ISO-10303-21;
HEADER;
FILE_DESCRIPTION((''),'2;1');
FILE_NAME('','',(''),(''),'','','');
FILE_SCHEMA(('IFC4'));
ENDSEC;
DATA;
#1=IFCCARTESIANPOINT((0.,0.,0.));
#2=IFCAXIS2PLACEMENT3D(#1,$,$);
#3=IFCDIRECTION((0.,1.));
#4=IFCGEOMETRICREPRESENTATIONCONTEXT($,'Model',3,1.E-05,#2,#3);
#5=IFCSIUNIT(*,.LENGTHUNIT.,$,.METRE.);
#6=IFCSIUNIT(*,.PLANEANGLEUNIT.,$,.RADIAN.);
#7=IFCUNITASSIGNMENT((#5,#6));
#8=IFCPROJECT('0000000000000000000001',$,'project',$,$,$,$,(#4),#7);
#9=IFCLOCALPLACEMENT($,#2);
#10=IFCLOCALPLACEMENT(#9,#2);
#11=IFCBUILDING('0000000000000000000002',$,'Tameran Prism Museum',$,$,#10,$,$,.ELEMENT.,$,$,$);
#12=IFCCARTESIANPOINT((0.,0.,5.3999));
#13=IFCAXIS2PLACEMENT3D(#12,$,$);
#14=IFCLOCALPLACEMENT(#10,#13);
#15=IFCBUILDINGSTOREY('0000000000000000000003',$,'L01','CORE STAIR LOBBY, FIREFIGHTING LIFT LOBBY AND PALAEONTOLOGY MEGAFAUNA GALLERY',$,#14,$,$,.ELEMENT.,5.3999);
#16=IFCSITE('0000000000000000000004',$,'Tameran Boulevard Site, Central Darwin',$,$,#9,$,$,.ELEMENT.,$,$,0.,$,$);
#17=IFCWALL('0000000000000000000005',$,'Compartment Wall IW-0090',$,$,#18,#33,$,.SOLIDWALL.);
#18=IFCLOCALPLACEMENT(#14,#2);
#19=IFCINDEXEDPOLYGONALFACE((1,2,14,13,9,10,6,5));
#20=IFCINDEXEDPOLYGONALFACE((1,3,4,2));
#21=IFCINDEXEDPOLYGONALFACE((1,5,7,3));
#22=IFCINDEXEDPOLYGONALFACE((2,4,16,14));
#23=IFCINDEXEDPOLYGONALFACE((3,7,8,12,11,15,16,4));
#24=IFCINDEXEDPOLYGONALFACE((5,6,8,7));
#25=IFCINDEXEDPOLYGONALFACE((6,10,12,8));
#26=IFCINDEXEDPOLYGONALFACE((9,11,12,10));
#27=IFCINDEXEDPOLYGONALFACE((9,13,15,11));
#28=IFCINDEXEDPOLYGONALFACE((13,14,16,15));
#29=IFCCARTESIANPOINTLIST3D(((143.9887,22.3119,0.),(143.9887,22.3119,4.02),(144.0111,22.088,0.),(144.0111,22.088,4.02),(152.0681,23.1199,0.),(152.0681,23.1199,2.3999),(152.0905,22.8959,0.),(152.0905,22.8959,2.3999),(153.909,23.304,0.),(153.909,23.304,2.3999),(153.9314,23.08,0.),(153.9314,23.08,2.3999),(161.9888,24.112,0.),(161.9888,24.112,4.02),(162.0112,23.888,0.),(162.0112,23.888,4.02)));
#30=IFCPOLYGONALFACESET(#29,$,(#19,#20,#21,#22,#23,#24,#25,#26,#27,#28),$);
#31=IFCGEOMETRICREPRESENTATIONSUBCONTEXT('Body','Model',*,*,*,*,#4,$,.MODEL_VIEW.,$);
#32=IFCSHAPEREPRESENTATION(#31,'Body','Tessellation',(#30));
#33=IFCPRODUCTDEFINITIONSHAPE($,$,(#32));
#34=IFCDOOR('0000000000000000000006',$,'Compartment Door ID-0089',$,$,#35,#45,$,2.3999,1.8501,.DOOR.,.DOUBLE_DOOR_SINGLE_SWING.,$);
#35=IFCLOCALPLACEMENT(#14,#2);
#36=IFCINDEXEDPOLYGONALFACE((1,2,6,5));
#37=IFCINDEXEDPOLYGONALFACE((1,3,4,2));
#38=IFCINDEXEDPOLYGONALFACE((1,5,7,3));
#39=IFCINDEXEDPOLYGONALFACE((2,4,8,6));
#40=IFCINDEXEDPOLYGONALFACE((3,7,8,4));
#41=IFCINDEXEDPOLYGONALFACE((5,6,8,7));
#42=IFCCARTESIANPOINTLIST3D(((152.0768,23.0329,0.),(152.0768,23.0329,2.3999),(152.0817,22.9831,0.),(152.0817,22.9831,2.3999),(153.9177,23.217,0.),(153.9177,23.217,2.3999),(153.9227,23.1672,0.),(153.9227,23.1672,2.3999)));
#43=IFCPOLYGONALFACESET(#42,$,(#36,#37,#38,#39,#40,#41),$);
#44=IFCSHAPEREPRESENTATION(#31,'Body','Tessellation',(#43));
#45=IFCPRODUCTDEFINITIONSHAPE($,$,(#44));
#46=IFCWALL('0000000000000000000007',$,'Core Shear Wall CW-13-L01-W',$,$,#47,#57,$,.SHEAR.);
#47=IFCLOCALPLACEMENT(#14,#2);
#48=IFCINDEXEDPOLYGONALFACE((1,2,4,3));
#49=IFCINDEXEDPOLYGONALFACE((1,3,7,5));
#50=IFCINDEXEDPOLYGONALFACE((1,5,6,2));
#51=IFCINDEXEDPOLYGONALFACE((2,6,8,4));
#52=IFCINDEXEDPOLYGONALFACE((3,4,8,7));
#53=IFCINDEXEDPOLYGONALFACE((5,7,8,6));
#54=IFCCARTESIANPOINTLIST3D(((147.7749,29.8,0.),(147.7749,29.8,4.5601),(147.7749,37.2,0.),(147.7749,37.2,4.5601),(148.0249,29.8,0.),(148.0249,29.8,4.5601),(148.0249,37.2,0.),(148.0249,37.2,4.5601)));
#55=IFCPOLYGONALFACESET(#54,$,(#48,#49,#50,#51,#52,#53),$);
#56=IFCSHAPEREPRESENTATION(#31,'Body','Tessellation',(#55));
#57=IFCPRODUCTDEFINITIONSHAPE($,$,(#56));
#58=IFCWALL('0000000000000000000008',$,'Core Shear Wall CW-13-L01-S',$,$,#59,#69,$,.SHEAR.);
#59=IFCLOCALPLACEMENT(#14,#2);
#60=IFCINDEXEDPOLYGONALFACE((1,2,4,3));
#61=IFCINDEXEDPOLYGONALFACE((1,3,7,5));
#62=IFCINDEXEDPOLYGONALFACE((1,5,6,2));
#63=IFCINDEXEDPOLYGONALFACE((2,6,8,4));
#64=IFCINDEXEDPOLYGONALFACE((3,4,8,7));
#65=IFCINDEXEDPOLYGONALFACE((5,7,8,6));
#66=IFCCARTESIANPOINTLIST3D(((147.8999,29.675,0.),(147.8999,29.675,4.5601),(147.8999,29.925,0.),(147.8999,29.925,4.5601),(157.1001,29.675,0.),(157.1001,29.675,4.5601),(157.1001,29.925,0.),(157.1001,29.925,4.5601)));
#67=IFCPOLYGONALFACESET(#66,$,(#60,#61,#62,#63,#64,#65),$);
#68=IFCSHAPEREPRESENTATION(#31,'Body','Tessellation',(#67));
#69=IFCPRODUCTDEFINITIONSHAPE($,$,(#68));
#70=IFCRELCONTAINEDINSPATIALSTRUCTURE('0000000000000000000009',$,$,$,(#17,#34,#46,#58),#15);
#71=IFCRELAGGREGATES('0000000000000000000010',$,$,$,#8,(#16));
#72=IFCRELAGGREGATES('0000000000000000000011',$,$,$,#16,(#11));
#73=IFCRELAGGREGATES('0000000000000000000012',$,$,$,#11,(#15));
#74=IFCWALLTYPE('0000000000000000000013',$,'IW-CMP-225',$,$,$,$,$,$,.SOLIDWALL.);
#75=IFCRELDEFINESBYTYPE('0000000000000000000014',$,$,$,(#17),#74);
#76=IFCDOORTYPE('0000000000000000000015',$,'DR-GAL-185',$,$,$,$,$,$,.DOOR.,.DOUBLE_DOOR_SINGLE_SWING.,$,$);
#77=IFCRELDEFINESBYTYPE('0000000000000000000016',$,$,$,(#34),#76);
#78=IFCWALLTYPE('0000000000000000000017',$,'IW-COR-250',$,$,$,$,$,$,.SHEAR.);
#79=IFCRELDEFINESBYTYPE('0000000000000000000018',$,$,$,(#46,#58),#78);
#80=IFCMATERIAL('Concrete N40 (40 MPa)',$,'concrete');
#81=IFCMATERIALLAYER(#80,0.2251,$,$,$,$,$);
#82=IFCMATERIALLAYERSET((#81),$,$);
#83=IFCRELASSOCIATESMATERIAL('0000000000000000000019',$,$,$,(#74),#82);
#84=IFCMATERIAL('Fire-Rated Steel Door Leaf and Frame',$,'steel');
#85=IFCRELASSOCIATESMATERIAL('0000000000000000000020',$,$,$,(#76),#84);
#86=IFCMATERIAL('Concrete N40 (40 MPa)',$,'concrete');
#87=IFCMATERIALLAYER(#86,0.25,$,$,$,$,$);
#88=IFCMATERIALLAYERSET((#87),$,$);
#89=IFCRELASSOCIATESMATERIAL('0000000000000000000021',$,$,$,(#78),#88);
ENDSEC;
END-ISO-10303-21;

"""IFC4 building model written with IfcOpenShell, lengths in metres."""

from ifc_helpers import new_model, si_unit, direction, frame, frame_2d, origin, place, context, subcontext, project, spatial, rectangle, extrude, material, layer, layer_set, type_object, element, fill, save


model = new_model("IFC4")

# Units and contexts
model_context = context("Model", 3, precision=1e-05, world=origin(), true_north=direction((0.0, 1.0)))
body_context = subcontext(model_context, "Body", "Model", "MODEL_VIEW")
ifc_project = project(units=[si_unit("LENGTHUNIT", "METRE"), si_unit("PLANEANGLEUNIT", "RADIAN")], contexts=[model_context])

# Site, building, storey
site_placement = place(None, origin())
site = spatial("IfcSite", under=ifc_project, at=site_placement, Name="Tameran Boulevard Site, Central Darwin", CompositionType="ELEMENT", RefElevation=0.0)
building_placement = place(site_placement, origin())
building = spatial("IfcBuilding", under=site, at=building_placement, Name="Tameran Prism Museum", CompositionType="ELEMENT")
storey_placement = place(building_placement, frame((0.0, 0.0, 5.3999)))
storey = spatial("IfcBuildingStorey", under=building, at=storey_placement, Name="L01", Description="CORE STAIR LOBBY, FIREFIGHTING LIFT LOBBY AND PALAEONTOLOGY MEGAFAUNA GALLERY", CompositionType="ELEMENT", Elevation=5.3999)

# Wall, opening, door
ifc_material_1 = material(Name="Concrete N40 (40 MPa)", Category="concrete")
ifc_layer_1 = layer(ifc_material_1, 0.2251)
ifc_layer_set_1 = layer_set([ifc_layer_1])
wall_type_1 = type_object("IfcWallType", Name="IW-CMP-225", PredefinedType="SOLIDWALL", material=ifc_layer_set_1)
wall_1_placement = place(storey_placement, frame((162.0, 24.0, 0.0), z_axis=(0.0, 0.0, 1.0), x_axis=(-0.995037, -0.099506, 0.0)))
wall_1 = element("IfcWall", 1, at=wall_1_placement, inside=storey, type_object=wall_type_1, Name="Compartment Wall IW-0090", PredefinedType="SOLIDWALL", context=body_context, shape_type="SweptSolid", body=[
    extrude(rectangle(XDim=18.0898, YDim=0.2251, at=frame_2d((9.0449, 0.0))), origin(), (0.0, 0.0, 1.0), 4.02),
])
opening_placement = place(wall_1_placement, frame((8.1201, 0.0, 0.0)))
opening = element("IfcOpeningElement", 2, at=opening_placement, cuts=wall_1, PredefinedType="OPENING", context=body_context, shape_type="SweptSolid", body=[
    extrude(rectangle(XDim=1.8501, YDim=2.3999, at=frame_2d((0.925, 1.2))), frame((0.0, 0.1226, 0.0), z_axis=(0.0, -1.0, 0.0), x_axis=(1.0, 0.0, 0.0)), (0.0, 0.0, 1.0), 0.2451),
])
ifc_material_2 = material(Name="Fire-Rated Steel Door Leaf and Frame", Category="steel")
door_type = type_object("IfcDoorType", Name="DR-GAL-185", OperationType="DOUBLE_DOOR_SINGLE_SWING", PredefinedType="DOOR", material=ifc_material_2)
door_placement = place(opening_placement, origin())
door = element("IfcDoor", 3, at=door_placement, inside=storey, type_object=door_type, Name="Compartment Door ID-0089", OperationType="DOUBLE_DOOR_SINGLE_SWING", OverallHeight=2.3999, OverallWidth=1.8501, PredefinedType="DOOR", context=body_context, shape_type="SweptSolid", body=[
    extrude(rectangle(XDim=1.8501, YDim=2.3999, at=frame_2d((0.925, 1.2))), frame((0.0, 0.0249, 0.0), z_axis=(0.0, -1.0, 0.0), x_axis=(1.0, 0.0, 0.0)), (0.0, 0.0, 1.0), 0.05),
])
fill(opening, door)

# Walls
ifc_material_3 = material(Name="Concrete N40 (40 MPa)", Category="concrete")
ifc_layer_2 = layer(ifc_material_3, 0.25)
ifc_layer_set_2 = layer_set([ifc_layer_2])
wall_type_2 = type_object("IfcWallType", Name="IW-COR-250", PredefinedType="SHEAR", material=ifc_layer_set_2)
wall_2_placement = place(storey_placement, frame((147.8999, 29.8, 0.0), z_axis=(0.0, 0.0, 1.0), x_axis=(0.0, 1.0, 0.0)))
element("IfcWall", 4, at=wall_2_placement, inside=storey, type_object=wall_type_2, Name="Core Shear Wall CW-13-L01-W", PredefinedType="SHEAR", context=body_context, shape_type="SweptSolid", body=[
    extrude(rectangle(XDim=7.3999, YDim=0.25, at=frame_2d((3.7, 0.0))), origin(), (0.0, 0.0, 1.0), 4.5601),
])
wall_3_placement = place(storey_placement, frame((157.1001, 29.8, 0.0), z_axis=(0.0, 0.0, 1.0), x_axis=(-1.0, 0.0, 0.0)))
element("IfcWall", 5, at=wall_3_placement, inside=storey, type_object=wall_type_2, Name="Core Shear Wall CW-13-L01-S", PredefinedType="SHEAR", context=body_context, shape_type="SweptSolid", body=[
    extrude(rectangle(XDim=9.2002, YDim=0.25, at=frame_2d((4.6001, 0.0))), origin(), (0.0, 0.0, 1.0), 4.5601),
])

save(model, "model.ifc")
